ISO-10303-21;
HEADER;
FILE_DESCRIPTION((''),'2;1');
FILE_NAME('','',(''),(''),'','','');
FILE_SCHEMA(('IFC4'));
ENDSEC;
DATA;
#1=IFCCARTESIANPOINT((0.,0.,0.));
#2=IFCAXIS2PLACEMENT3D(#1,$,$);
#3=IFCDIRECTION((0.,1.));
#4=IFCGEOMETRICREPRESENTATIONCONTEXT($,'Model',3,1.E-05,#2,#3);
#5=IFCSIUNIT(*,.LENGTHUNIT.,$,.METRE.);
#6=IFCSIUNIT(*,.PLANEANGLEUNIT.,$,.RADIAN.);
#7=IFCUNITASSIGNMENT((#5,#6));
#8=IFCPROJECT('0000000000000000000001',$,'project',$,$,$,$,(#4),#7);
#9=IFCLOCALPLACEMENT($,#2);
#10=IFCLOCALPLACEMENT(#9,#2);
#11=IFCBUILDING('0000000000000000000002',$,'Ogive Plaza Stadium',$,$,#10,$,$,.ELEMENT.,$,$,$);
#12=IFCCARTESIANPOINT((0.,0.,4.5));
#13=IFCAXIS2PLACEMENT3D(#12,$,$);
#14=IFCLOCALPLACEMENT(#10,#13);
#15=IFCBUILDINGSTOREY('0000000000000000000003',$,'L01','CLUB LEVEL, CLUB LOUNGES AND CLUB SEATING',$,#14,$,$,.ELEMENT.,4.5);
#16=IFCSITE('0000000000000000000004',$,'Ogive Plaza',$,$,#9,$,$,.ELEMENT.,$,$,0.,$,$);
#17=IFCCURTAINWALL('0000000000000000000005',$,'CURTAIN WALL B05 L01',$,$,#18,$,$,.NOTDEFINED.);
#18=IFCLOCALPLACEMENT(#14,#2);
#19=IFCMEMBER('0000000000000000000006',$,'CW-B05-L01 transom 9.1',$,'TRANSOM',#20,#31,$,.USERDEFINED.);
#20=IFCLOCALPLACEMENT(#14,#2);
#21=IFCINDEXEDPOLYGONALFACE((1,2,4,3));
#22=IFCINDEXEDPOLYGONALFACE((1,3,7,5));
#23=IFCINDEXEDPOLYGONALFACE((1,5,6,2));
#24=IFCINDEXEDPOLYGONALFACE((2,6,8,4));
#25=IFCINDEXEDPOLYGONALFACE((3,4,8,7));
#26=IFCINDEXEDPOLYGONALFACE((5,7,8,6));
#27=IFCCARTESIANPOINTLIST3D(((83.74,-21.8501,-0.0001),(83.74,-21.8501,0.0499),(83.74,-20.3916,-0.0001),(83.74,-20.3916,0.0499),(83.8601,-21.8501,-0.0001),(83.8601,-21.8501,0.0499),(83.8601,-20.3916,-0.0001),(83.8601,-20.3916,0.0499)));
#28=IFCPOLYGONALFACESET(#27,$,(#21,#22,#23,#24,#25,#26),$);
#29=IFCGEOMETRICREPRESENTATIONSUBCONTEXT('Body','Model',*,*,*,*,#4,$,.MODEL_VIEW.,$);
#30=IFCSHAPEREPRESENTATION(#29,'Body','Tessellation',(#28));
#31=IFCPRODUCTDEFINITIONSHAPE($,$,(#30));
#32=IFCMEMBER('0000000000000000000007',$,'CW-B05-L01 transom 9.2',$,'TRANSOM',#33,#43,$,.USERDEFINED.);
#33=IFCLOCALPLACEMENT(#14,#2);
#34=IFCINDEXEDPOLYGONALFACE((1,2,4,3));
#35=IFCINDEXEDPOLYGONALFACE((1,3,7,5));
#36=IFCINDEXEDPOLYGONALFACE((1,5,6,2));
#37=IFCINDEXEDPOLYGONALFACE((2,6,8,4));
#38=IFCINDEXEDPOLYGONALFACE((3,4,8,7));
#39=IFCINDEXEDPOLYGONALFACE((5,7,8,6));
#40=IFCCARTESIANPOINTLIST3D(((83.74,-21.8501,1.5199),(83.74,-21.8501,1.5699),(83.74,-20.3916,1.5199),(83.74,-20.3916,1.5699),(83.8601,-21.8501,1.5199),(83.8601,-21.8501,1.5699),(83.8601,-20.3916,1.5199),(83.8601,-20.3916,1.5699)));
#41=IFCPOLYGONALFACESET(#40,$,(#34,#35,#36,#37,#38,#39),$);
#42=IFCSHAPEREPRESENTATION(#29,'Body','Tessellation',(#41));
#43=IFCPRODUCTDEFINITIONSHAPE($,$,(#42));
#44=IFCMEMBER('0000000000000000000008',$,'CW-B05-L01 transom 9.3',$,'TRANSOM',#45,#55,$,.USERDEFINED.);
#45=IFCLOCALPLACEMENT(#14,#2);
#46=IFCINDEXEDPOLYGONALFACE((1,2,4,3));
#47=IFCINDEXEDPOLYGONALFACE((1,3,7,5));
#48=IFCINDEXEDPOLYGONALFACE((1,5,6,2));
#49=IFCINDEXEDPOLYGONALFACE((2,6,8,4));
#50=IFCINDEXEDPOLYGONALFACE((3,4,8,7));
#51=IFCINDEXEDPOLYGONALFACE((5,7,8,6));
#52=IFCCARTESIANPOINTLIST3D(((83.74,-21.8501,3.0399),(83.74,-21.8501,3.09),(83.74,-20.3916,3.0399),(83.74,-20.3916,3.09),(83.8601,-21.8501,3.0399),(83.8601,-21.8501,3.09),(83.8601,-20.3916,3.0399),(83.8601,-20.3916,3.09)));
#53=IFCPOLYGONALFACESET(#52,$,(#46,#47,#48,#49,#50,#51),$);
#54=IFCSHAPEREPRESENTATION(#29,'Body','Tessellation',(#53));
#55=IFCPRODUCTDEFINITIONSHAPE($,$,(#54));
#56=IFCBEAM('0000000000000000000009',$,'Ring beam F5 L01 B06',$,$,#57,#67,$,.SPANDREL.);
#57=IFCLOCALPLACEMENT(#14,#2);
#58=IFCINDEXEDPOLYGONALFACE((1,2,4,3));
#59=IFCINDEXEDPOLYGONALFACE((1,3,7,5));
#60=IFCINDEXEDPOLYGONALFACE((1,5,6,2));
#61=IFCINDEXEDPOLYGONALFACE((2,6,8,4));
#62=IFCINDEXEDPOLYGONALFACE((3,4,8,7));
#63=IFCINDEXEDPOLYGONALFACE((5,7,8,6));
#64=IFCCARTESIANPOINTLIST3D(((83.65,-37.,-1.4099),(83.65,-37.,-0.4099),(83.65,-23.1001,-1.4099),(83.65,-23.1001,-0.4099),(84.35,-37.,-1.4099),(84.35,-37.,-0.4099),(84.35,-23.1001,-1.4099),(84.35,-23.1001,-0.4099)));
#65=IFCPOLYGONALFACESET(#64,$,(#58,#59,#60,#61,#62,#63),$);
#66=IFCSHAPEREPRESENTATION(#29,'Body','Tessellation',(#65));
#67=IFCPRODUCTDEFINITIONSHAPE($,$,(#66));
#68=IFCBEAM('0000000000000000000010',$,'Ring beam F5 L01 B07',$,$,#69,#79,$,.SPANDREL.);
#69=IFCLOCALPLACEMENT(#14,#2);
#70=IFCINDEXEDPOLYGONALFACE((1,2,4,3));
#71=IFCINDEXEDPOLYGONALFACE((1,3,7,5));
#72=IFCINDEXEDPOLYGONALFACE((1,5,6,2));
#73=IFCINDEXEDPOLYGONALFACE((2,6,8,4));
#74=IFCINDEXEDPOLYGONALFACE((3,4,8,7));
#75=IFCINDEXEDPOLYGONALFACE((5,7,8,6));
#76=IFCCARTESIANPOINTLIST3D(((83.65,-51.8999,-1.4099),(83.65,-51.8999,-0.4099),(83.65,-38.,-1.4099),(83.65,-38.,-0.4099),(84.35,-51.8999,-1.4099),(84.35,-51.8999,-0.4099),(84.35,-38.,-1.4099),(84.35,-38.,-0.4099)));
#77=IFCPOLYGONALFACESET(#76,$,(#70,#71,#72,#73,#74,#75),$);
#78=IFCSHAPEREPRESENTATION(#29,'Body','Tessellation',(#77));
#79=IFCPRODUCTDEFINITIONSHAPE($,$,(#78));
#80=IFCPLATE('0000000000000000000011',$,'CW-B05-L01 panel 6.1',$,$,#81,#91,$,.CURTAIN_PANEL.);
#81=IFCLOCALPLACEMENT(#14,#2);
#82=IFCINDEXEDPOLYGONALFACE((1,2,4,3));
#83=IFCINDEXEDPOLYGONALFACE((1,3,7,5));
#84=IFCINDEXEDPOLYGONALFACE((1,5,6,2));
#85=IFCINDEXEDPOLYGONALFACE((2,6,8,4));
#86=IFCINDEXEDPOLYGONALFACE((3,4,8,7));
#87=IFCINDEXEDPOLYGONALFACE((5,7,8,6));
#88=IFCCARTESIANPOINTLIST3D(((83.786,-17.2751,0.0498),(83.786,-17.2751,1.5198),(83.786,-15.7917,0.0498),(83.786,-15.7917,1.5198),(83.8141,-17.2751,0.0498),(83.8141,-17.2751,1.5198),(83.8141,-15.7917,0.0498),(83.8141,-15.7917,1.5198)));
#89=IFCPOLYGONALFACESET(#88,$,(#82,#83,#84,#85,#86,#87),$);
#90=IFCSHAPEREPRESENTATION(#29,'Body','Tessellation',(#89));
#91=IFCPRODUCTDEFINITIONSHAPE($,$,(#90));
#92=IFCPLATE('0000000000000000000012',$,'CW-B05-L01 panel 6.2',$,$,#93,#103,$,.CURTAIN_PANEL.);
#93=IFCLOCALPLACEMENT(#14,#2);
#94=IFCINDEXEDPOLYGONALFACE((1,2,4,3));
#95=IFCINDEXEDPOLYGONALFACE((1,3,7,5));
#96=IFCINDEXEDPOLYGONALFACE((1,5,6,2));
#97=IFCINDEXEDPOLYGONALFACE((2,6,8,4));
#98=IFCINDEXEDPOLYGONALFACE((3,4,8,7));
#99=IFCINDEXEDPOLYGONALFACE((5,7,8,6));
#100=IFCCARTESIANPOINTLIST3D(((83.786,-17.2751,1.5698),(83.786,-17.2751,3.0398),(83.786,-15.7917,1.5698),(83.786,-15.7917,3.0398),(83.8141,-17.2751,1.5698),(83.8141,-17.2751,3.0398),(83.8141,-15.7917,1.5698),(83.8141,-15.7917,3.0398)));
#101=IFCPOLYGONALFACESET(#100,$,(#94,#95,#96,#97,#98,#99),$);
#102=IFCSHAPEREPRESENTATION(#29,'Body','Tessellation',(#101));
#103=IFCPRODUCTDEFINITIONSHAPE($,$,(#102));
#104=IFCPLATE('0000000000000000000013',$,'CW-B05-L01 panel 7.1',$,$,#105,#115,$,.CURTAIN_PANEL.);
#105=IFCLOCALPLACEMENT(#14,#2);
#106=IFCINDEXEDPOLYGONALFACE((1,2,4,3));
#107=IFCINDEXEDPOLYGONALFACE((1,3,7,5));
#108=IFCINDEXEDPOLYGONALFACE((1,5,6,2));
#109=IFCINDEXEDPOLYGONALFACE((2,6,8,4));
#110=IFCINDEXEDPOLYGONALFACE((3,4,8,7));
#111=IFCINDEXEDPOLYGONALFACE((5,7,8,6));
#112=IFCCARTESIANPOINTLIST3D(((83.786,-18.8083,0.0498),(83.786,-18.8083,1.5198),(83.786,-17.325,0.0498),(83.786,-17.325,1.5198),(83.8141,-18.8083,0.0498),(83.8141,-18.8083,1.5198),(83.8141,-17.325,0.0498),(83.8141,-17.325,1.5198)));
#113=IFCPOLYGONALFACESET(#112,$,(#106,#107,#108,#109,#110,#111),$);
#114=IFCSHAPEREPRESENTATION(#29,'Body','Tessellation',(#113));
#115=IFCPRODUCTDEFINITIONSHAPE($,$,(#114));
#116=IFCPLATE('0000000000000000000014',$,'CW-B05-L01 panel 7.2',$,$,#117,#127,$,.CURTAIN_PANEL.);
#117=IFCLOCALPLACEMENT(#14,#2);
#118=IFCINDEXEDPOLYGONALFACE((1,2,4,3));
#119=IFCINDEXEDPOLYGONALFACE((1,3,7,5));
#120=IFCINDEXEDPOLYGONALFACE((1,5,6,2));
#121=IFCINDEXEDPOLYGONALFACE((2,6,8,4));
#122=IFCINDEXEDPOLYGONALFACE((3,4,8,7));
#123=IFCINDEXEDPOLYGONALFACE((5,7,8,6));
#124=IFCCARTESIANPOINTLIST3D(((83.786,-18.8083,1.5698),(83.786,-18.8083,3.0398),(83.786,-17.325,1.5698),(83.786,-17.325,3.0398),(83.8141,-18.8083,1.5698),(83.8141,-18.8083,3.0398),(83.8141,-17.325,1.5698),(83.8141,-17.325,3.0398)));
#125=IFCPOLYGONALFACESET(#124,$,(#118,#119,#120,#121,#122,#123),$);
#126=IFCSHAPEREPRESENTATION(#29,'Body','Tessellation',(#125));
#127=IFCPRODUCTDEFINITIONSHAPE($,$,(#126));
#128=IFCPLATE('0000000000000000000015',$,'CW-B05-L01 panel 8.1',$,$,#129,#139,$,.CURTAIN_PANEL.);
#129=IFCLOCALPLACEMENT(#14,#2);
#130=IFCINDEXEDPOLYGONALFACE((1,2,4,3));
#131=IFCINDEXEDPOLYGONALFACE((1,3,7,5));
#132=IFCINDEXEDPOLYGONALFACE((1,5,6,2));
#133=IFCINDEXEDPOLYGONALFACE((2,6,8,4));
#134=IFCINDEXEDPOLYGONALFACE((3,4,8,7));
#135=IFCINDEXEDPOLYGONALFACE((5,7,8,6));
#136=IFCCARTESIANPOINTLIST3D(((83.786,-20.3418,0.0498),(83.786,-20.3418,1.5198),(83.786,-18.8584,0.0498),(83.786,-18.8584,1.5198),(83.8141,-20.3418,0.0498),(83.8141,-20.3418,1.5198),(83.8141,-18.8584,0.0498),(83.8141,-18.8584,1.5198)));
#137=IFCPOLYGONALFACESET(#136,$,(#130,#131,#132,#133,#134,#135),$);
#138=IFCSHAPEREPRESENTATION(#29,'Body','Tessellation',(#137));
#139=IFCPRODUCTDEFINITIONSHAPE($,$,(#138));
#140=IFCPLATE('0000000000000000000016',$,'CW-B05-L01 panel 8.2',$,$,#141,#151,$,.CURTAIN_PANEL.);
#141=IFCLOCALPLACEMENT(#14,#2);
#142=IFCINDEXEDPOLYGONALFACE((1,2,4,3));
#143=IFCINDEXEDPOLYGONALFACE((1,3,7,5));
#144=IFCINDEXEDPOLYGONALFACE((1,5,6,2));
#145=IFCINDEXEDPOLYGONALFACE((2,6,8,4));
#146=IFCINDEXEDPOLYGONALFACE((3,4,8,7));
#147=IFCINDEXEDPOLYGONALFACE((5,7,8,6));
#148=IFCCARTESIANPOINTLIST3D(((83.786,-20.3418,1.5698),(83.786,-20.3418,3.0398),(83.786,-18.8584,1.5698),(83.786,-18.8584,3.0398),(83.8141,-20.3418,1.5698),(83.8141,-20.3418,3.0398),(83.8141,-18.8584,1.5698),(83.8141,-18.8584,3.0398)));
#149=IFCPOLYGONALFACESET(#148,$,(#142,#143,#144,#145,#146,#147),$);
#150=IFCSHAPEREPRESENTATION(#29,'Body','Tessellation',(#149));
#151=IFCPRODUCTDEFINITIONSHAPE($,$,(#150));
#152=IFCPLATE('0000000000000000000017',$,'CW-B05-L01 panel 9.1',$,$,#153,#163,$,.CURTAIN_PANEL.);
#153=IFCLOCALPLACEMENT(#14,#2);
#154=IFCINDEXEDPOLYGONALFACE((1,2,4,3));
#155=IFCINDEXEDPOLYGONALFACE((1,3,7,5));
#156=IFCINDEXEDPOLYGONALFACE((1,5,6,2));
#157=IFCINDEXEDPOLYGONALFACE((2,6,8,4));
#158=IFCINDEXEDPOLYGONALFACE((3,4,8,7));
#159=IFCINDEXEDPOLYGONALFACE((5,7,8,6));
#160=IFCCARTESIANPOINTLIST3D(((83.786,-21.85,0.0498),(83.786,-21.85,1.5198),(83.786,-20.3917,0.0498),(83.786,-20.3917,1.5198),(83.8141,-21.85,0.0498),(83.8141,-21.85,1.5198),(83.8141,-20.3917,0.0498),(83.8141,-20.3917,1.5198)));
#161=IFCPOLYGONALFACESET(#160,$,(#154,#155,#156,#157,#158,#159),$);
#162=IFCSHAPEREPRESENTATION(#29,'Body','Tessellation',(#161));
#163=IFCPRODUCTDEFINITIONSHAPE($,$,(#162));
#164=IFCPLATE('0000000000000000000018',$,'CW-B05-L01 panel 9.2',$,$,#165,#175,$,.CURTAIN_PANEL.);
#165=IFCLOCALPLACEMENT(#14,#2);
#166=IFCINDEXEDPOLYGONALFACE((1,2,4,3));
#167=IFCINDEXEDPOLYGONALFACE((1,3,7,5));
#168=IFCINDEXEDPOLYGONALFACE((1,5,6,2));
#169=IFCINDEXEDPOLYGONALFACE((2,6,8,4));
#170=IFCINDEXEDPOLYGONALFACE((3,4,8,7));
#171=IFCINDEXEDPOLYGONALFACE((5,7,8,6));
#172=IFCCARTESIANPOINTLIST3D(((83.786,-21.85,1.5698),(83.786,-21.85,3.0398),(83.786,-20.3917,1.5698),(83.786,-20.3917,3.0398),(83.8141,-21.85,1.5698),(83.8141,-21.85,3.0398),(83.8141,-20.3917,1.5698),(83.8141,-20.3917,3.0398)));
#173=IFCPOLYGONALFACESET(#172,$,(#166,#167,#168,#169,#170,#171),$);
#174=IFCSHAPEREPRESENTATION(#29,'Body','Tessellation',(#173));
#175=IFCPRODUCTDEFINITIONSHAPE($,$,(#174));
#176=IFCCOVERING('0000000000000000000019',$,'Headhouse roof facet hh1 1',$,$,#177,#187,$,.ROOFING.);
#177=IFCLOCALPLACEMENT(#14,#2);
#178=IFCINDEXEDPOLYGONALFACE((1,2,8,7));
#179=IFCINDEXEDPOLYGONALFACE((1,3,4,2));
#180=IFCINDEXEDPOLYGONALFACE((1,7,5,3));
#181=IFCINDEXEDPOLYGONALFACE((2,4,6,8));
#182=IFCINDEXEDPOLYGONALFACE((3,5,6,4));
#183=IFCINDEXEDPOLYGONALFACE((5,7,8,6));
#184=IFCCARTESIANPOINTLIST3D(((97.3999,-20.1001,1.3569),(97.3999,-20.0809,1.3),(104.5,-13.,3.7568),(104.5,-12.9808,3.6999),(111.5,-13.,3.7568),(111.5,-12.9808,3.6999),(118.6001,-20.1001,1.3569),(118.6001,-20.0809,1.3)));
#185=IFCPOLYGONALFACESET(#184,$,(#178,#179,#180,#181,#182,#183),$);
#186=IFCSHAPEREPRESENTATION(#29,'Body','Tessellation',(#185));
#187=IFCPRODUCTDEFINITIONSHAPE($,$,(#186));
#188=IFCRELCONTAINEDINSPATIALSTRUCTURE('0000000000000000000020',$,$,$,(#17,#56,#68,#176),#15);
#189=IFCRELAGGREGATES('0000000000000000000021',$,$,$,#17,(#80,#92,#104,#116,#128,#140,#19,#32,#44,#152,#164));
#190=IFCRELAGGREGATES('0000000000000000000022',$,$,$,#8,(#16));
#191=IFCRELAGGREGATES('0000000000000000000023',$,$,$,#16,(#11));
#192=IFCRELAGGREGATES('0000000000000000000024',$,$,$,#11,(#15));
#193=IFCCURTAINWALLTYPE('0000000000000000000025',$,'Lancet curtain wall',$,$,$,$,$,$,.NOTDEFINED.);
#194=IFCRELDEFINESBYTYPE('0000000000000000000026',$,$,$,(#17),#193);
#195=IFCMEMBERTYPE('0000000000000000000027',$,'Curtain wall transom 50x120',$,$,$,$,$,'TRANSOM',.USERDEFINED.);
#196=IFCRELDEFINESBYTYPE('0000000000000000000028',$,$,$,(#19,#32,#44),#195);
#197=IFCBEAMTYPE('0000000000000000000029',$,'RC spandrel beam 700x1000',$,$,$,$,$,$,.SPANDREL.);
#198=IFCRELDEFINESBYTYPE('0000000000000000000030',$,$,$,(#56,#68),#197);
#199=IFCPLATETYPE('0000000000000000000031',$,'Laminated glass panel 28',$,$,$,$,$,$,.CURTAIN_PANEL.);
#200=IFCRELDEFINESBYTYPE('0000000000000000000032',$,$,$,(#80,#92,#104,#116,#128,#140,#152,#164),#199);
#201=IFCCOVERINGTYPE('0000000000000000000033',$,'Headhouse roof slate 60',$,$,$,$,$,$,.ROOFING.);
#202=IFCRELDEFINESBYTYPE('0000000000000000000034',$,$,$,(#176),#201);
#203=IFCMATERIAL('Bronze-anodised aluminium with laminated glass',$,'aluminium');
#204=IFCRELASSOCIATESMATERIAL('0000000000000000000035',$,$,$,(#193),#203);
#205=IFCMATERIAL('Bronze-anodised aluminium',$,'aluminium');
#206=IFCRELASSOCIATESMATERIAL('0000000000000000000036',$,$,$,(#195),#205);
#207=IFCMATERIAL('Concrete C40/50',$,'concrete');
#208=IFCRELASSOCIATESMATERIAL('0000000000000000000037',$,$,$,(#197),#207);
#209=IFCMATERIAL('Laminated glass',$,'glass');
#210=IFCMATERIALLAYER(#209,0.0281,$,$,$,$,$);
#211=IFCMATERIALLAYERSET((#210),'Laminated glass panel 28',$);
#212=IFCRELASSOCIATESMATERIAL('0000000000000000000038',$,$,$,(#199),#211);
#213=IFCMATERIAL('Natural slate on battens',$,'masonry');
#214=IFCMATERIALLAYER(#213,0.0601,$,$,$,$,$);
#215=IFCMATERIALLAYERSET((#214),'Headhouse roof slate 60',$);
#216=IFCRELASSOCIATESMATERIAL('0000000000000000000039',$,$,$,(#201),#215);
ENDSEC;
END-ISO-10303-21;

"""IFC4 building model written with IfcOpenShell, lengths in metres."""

from ifc_helpers import new_model, si_unit, direction, frame, origin, origin_2d, place, context, subcontext, project, spatial, polyline, rectangle, outline, extrude, material, layer, layer_set, material_profile, profile_set, type_object, element, aggregate, save


model = new_model("IFC4")

# Units and contexts
model_context = context("Model", 3, precision=1e-05, world=origin(), true_north=direction((0.0, 1.0)))
body_context = subcontext(model_context, "Body", "Model", "MODEL_VIEW")
ifc_project = project(units=[si_unit("LENGTHUNIT", "METRE"), si_unit("PLANEANGLEUNIT", "RADIAN")], contexts=[model_context])

# Site, building, storey
site_placement = place(None, origin())
site = spatial("IfcSite", under=ifc_project, at=site_placement, Name="Ogive Plaza", CompositionType="ELEMENT", RefElevation=0.0)
building_placement = place(site_placement, origin())
building = spatial("IfcBuilding", under=site, at=building_placement, Name="Ogive Plaza Stadium", CompositionType="ELEMENT")
storey_placement = place(building_placement, frame((0.0, 0.0, 4.5)))
storey = spatial("IfcBuildingStorey", under=building, at=storey_placement, Name="L01", Description="CLUB LEVEL, CLUB LOUNGES AND CLUB SEATING", CompositionType="ELEMENT", Elevation=4.5)

# Curtain wall, members
ifc_material_1 = material(Name="Bronze-anodised aluminium with laminated glass", Category="aluminium")
curtain_wall_type = type_object("IfcCurtainWallType", Name="Lancet curtain wall", PredefinedType="NOTDEFINED", material=ifc_material_1)
curtain_wall_placement = place(storey_placement, origin())
curtain_wall = element("IfcCurtainWall", 1, at=curtain_wall_placement, inside=storey, type_object=curtain_wall_type, Name="CURTAIN WALL B05 L01", PredefinedType="NOTDEFINED")
ifc_material_2 = material(Name="Bronze-anodised aluminium", Category="aluminium")
ifc_material_profile_1 = material_profile(ifc_material_2, rectangle(XDim=0.1201, YDim=0.05, at=origin_2d()), Name="AL 120x50")
ifc_profile_set_1 = profile_set([ifc_material_profile_1], Name="Bronze-anodised aluminium")
member_type_1 = type_object("IfcMemberType", Name="Curtain wall transom 50x120", ElementType="TRANSOM", PredefinedType="USERDEFINED", material=ifc_profile_set_1)
member_1_placement = place(storey_placement, frame((83.8, -20.3916, 0.0249), z_axis=(0.0, -1.0, 0.0), x_axis=(1.0, 0.0, 0.0)))
member_1 = element("IfcMember", 2, at=member_1_placement, type_object=member_type_1, Name="CW-B05-L01 transom 9.1", ObjectType="TRANSOM", PredefinedType="USERDEFINED", context=body_context, shape_type="SweptSolid", body=[
    extrude(rectangle(XDim=0.1201, YDim=0.05, at=origin_2d()), origin(), (0.0, 0.0, 1.0), 1.4585),
])
member_2_placement = place(storey_placement, frame((83.8, -20.3916, 1.5449), z_axis=(0.0, -1.0, 0.0), x_axis=(1.0, 0.0, 0.0)))
member_2 = element("IfcMember", 3, at=member_2_placement, type_object=member_type_1, Name="CW-B05-L01 transom 9.2", ObjectType="TRANSOM", PredefinedType="USERDEFINED", context=body_context, shape_type="SweptSolid", body=[
    extrude(rectangle(XDim=0.1201, YDim=0.05, at=origin_2d()), origin(), (0.0, 0.0, 1.0), 1.4585),
])
member_3_placement = place(storey_placement, frame((83.8, -20.3916, 3.0649), z_axis=(0.0, -1.0, 0.0), x_axis=(1.0, 0.0, 0.0)))
member_3 = element("IfcMember", 4, at=member_3_placement, type_object=member_type_1, Name="CW-B05-L01 transom 9.3", ObjectType="TRANSOM", PredefinedType="USERDEFINED", context=body_context, shape_type="SweptSolid", body=[
    extrude(rectangle(XDim=0.1201, YDim=0.05, at=origin_2d()), origin(), (0.0, 0.0, 1.0), 1.4585),
])

# Beams
ifc_material_3 = material(Name="Concrete C40/50", Category="concrete")
ifc_material_profile_2 = material_profile(ifc_material_3, rectangle(XDim=0.7, YDim=1.0, at=origin_2d()), Name="RC 700x1000")
ifc_profile_set_2 = profile_set([ifc_material_profile_2], Name="Concrete C40/50")
beam_type = type_object("IfcBeamType", Name="RC spandrel beam 700x1000", PredefinedType="SPANDREL", material=ifc_profile_set_2)
for number, where, z_axis, x_axis, name in (
    (5, (84.0, -23.1001, -0.9099), (0.0, -1.0, 0.0), (1.0, 0.0, 0.0), "Ring beam F5 L01 B06"),
    (6, (84.0, -38.0, -0.9099), (0.0, -1.0, 0.0), (1.0, 0.0, 0.0), "Ring beam F5 L01 B07"),
):
    element("IfcBeam", number, at=place(storey_placement, frame(where, z_axis=z_axis, x_axis=x_axis)), inside=storey, type_object=beam_type, Name=name, PredefinedType="SPANDREL", context=body_context, shape_type="SweptSolid", body=[
        extrude(rectangle(XDim=0.7, YDim=1.0, at=origin_2d()), origin(), (0.0, 0.0, 1.0), 13.8999),
    ])

# Plates
ifc_material_4 = material(Name="Laminated glass", Category="glass")
ifc_layer_1 = layer(ifc_material_4, 0.0281)
ifc_layer_set_1 = layer_set([ifc_layer_1], Name="Laminated glass panel 28")
plate_type = type_object("IfcPlateType", Name="Laminated glass panel 28", PredefinedType="CURTAIN_PANEL", material=ifc_layer_set_1)
plate_1_placement = place(storey_placement, frame((83.8, -16.5334, 0.0498), z_axis=(0.0, 0.0, 1.0), x_axis=(0.0, -1.0, 0.0)))
plate_1 = element("IfcPlate", 7, at=plate_1_placement, type_object=plate_type, Name="CW-B05-L01 panel 6.1", PredefinedType="CURTAIN_PANEL", context=body_context, shape_type="SweptSolid", body=[
    extrude(rectangle(XDim=1.4834, YDim=0.0281, at=origin_2d()), origin(), (0.0, 0.0, 1.0), 1.47),
])
plate_2_placement = place(storey_placement, frame((83.8, -16.5334, 1.5698), z_axis=(0.0, 0.0, 1.0), x_axis=(0.0, -1.0, 0.0)))
plate_2 = element("IfcPlate", 8, at=plate_2_placement, type_object=plate_type, Name="CW-B05-L01 panel 6.2", PredefinedType="CURTAIN_PANEL", context=body_context, shape_type="SweptSolid", body=[
    extrude(rectangle(XDim=1.4834, YDim=0.0281, at=origin_2d()), origin(), (0.0, 0.0, 1.0), 1.47),
])
plate_3_placement = place(storey_placement, frame((83.8, -18.0667, 0.0498), z_axis=(0.0, 0.0, 1.0), x_axis=(0.0, -1.0, 0.0)))
plate_3 = element("IfcPlate", 9, at=plate_3_placement, type_object=plate_type, Name="CW-B05-L01 panel 7.1", PredefinedType="CURTAIN_PANEL", context=body_context, shape_type="SweptSolid", body=[
    extrude(rectangle(XDim=1.4834, YDim=0.0281, at=origin_2d()), origin(), (0.0, 0.0, 1.0), 1.47),
])
plate_4_placement = place(storey_placement, frame((83.8, -18.0667, 1.5698), z_axis=(0.0, 0.0, 1.0), x_axis=(0.0, -1.0, 0.0)))
plate_4 = element("IfcPlate", 10, at=plate_4_placement, type_object=plate_type, Name="CW-B05-L01 panel 7.2", PredefinedType="CURTAIN_PANEL", context=body_context, shape_type="SweptSolid", body=[
    extrude(rectangle(XDim=1.4834, YDim=0.0281, at=origin_2d()), origin(), (0.0, 0.0, 1.0), 1.47),
])
plate_5_placement = place(storey_placement, frame((83.8, -19.6001, 0.0498), z_axis=(0.0, 0.0, 1.0), x_axis=(0.0, -1.0, 0.0)))
plate_5 = element("IfcPlate", 11, at=plate_5_placement, type_object=plate_type, Name="CW-B05-L01 panel 8.1", PredefinedType="CURTAIN_PANEL", context=body_context, shape_type="SweptSolid", body=[
    extrude(rectangle(XDim=1.4834, YDim=0.0281, at=origin_2d()), origin(), (0.0, 0.0, 1.0), 1.47),
])
plate_6_placement = place(storey_placement, frame((83.8, -19.6001, 1.5698), z_axis=(0.0, 0.0, 1.0), x_axis=(0.0, -1.0, 0.0)))
plate_6 = element("IfcPlate", 12, at=plate_6_placement, type_object=plate_type, Name="CW-B05-L01 panel 8.2", PredefinedType="CURTAIN_PANEL", context=body_context, shape_type="SweptSolid", body=[
    extrude(rectangle(XDim=1.4834, YDim=0.0281, at=origin_2d()), origin(), (0.0, 0.0, 1.0), 1.47),
])
plate_7_placement = place(storey_placement, frame((83.8, -21.1208, 0.0498), z_axis=(0.0, 0.0, 1.0), x_axis=(0.0, -1.0, 0.0)))
plate_7 = element("IfcPlate", 13, at=plate_7_placement, type_object=plate_type, Name="CW-B05-L01 panel 9.1", PredefinedType="CURTAIN_PANEL", context=body_context, shape_type="SweptSolid", body=[
    extrude(rectangle(XDim=1.4583, YDim=0.0281, at=origin_2d()), origin(), (0.0, 0.0, 1.0), 1.47),
])
plate_8_placement = place(storey_placement, frame((83.8, -21.1208, 1.5698), z_axis=(0.0, 0.0, 1.0), x_axis=(0.0, -1.0, 0.0)))
plate_8 = element("IfcPlate", 14, at=plate_8_placement, type_object=plate_type, Name="CW-B05-L01 panel 9.2", PredefinedType="CURTAIN_PANEL", context=body_context, shape_type="SweptSolid", body=[
    extrude(rectangle(XDim=1.4583, YDim=0.0281, at=origin_2d()), origin(), (0.0, 0.0, 1.0), 1.47),
])
aggregate(curtain_wall, [plate_1, plate_2, plate_3, plate_4, plate_5, plate_6, member_1, member_2, member_3, plate_7, plate_8])

# Covering
ifc_material_5 = material(Name="Natural slate on battens", Category="masonry")
ifc_layer_2 = layer(ifc_material_5, 0.0601)
ifc_layer_set_2 = layer_set([ifc_layer_2], Name="Headhouse roof slate 60")
covering_type = type_object("IfcCoveringType", Name="Headhouse roof slate 60", PredefinedType="ROOFING", material=ifc_layer_set_2)
covering_1_placement = place(storey_placement, frame((97.3999, -20.1001, 1.3569), z_axis=(0.0, -0.320212, 0.947346), x_axis=(1.0, 0.0, 0.0)))
element("IfcCovering", 15, at=covering_1_placement, inside=storey, type_object=covering_type, Name="Headhouse roof facet hh1 1", PredefinedType="ROOFING", context=body_context, shape_type="SweptSolid", body=[
    extrude(outline(polyline([(0.0, 0.0), (21.2002, 0.0), (14.1001, 7.4947), (7.1001, 7.4947), (0.0, 0.0)])), origin(), (0.0, 0.0, -1.0), 0.0601),
])

save(model, "model.ifc")
